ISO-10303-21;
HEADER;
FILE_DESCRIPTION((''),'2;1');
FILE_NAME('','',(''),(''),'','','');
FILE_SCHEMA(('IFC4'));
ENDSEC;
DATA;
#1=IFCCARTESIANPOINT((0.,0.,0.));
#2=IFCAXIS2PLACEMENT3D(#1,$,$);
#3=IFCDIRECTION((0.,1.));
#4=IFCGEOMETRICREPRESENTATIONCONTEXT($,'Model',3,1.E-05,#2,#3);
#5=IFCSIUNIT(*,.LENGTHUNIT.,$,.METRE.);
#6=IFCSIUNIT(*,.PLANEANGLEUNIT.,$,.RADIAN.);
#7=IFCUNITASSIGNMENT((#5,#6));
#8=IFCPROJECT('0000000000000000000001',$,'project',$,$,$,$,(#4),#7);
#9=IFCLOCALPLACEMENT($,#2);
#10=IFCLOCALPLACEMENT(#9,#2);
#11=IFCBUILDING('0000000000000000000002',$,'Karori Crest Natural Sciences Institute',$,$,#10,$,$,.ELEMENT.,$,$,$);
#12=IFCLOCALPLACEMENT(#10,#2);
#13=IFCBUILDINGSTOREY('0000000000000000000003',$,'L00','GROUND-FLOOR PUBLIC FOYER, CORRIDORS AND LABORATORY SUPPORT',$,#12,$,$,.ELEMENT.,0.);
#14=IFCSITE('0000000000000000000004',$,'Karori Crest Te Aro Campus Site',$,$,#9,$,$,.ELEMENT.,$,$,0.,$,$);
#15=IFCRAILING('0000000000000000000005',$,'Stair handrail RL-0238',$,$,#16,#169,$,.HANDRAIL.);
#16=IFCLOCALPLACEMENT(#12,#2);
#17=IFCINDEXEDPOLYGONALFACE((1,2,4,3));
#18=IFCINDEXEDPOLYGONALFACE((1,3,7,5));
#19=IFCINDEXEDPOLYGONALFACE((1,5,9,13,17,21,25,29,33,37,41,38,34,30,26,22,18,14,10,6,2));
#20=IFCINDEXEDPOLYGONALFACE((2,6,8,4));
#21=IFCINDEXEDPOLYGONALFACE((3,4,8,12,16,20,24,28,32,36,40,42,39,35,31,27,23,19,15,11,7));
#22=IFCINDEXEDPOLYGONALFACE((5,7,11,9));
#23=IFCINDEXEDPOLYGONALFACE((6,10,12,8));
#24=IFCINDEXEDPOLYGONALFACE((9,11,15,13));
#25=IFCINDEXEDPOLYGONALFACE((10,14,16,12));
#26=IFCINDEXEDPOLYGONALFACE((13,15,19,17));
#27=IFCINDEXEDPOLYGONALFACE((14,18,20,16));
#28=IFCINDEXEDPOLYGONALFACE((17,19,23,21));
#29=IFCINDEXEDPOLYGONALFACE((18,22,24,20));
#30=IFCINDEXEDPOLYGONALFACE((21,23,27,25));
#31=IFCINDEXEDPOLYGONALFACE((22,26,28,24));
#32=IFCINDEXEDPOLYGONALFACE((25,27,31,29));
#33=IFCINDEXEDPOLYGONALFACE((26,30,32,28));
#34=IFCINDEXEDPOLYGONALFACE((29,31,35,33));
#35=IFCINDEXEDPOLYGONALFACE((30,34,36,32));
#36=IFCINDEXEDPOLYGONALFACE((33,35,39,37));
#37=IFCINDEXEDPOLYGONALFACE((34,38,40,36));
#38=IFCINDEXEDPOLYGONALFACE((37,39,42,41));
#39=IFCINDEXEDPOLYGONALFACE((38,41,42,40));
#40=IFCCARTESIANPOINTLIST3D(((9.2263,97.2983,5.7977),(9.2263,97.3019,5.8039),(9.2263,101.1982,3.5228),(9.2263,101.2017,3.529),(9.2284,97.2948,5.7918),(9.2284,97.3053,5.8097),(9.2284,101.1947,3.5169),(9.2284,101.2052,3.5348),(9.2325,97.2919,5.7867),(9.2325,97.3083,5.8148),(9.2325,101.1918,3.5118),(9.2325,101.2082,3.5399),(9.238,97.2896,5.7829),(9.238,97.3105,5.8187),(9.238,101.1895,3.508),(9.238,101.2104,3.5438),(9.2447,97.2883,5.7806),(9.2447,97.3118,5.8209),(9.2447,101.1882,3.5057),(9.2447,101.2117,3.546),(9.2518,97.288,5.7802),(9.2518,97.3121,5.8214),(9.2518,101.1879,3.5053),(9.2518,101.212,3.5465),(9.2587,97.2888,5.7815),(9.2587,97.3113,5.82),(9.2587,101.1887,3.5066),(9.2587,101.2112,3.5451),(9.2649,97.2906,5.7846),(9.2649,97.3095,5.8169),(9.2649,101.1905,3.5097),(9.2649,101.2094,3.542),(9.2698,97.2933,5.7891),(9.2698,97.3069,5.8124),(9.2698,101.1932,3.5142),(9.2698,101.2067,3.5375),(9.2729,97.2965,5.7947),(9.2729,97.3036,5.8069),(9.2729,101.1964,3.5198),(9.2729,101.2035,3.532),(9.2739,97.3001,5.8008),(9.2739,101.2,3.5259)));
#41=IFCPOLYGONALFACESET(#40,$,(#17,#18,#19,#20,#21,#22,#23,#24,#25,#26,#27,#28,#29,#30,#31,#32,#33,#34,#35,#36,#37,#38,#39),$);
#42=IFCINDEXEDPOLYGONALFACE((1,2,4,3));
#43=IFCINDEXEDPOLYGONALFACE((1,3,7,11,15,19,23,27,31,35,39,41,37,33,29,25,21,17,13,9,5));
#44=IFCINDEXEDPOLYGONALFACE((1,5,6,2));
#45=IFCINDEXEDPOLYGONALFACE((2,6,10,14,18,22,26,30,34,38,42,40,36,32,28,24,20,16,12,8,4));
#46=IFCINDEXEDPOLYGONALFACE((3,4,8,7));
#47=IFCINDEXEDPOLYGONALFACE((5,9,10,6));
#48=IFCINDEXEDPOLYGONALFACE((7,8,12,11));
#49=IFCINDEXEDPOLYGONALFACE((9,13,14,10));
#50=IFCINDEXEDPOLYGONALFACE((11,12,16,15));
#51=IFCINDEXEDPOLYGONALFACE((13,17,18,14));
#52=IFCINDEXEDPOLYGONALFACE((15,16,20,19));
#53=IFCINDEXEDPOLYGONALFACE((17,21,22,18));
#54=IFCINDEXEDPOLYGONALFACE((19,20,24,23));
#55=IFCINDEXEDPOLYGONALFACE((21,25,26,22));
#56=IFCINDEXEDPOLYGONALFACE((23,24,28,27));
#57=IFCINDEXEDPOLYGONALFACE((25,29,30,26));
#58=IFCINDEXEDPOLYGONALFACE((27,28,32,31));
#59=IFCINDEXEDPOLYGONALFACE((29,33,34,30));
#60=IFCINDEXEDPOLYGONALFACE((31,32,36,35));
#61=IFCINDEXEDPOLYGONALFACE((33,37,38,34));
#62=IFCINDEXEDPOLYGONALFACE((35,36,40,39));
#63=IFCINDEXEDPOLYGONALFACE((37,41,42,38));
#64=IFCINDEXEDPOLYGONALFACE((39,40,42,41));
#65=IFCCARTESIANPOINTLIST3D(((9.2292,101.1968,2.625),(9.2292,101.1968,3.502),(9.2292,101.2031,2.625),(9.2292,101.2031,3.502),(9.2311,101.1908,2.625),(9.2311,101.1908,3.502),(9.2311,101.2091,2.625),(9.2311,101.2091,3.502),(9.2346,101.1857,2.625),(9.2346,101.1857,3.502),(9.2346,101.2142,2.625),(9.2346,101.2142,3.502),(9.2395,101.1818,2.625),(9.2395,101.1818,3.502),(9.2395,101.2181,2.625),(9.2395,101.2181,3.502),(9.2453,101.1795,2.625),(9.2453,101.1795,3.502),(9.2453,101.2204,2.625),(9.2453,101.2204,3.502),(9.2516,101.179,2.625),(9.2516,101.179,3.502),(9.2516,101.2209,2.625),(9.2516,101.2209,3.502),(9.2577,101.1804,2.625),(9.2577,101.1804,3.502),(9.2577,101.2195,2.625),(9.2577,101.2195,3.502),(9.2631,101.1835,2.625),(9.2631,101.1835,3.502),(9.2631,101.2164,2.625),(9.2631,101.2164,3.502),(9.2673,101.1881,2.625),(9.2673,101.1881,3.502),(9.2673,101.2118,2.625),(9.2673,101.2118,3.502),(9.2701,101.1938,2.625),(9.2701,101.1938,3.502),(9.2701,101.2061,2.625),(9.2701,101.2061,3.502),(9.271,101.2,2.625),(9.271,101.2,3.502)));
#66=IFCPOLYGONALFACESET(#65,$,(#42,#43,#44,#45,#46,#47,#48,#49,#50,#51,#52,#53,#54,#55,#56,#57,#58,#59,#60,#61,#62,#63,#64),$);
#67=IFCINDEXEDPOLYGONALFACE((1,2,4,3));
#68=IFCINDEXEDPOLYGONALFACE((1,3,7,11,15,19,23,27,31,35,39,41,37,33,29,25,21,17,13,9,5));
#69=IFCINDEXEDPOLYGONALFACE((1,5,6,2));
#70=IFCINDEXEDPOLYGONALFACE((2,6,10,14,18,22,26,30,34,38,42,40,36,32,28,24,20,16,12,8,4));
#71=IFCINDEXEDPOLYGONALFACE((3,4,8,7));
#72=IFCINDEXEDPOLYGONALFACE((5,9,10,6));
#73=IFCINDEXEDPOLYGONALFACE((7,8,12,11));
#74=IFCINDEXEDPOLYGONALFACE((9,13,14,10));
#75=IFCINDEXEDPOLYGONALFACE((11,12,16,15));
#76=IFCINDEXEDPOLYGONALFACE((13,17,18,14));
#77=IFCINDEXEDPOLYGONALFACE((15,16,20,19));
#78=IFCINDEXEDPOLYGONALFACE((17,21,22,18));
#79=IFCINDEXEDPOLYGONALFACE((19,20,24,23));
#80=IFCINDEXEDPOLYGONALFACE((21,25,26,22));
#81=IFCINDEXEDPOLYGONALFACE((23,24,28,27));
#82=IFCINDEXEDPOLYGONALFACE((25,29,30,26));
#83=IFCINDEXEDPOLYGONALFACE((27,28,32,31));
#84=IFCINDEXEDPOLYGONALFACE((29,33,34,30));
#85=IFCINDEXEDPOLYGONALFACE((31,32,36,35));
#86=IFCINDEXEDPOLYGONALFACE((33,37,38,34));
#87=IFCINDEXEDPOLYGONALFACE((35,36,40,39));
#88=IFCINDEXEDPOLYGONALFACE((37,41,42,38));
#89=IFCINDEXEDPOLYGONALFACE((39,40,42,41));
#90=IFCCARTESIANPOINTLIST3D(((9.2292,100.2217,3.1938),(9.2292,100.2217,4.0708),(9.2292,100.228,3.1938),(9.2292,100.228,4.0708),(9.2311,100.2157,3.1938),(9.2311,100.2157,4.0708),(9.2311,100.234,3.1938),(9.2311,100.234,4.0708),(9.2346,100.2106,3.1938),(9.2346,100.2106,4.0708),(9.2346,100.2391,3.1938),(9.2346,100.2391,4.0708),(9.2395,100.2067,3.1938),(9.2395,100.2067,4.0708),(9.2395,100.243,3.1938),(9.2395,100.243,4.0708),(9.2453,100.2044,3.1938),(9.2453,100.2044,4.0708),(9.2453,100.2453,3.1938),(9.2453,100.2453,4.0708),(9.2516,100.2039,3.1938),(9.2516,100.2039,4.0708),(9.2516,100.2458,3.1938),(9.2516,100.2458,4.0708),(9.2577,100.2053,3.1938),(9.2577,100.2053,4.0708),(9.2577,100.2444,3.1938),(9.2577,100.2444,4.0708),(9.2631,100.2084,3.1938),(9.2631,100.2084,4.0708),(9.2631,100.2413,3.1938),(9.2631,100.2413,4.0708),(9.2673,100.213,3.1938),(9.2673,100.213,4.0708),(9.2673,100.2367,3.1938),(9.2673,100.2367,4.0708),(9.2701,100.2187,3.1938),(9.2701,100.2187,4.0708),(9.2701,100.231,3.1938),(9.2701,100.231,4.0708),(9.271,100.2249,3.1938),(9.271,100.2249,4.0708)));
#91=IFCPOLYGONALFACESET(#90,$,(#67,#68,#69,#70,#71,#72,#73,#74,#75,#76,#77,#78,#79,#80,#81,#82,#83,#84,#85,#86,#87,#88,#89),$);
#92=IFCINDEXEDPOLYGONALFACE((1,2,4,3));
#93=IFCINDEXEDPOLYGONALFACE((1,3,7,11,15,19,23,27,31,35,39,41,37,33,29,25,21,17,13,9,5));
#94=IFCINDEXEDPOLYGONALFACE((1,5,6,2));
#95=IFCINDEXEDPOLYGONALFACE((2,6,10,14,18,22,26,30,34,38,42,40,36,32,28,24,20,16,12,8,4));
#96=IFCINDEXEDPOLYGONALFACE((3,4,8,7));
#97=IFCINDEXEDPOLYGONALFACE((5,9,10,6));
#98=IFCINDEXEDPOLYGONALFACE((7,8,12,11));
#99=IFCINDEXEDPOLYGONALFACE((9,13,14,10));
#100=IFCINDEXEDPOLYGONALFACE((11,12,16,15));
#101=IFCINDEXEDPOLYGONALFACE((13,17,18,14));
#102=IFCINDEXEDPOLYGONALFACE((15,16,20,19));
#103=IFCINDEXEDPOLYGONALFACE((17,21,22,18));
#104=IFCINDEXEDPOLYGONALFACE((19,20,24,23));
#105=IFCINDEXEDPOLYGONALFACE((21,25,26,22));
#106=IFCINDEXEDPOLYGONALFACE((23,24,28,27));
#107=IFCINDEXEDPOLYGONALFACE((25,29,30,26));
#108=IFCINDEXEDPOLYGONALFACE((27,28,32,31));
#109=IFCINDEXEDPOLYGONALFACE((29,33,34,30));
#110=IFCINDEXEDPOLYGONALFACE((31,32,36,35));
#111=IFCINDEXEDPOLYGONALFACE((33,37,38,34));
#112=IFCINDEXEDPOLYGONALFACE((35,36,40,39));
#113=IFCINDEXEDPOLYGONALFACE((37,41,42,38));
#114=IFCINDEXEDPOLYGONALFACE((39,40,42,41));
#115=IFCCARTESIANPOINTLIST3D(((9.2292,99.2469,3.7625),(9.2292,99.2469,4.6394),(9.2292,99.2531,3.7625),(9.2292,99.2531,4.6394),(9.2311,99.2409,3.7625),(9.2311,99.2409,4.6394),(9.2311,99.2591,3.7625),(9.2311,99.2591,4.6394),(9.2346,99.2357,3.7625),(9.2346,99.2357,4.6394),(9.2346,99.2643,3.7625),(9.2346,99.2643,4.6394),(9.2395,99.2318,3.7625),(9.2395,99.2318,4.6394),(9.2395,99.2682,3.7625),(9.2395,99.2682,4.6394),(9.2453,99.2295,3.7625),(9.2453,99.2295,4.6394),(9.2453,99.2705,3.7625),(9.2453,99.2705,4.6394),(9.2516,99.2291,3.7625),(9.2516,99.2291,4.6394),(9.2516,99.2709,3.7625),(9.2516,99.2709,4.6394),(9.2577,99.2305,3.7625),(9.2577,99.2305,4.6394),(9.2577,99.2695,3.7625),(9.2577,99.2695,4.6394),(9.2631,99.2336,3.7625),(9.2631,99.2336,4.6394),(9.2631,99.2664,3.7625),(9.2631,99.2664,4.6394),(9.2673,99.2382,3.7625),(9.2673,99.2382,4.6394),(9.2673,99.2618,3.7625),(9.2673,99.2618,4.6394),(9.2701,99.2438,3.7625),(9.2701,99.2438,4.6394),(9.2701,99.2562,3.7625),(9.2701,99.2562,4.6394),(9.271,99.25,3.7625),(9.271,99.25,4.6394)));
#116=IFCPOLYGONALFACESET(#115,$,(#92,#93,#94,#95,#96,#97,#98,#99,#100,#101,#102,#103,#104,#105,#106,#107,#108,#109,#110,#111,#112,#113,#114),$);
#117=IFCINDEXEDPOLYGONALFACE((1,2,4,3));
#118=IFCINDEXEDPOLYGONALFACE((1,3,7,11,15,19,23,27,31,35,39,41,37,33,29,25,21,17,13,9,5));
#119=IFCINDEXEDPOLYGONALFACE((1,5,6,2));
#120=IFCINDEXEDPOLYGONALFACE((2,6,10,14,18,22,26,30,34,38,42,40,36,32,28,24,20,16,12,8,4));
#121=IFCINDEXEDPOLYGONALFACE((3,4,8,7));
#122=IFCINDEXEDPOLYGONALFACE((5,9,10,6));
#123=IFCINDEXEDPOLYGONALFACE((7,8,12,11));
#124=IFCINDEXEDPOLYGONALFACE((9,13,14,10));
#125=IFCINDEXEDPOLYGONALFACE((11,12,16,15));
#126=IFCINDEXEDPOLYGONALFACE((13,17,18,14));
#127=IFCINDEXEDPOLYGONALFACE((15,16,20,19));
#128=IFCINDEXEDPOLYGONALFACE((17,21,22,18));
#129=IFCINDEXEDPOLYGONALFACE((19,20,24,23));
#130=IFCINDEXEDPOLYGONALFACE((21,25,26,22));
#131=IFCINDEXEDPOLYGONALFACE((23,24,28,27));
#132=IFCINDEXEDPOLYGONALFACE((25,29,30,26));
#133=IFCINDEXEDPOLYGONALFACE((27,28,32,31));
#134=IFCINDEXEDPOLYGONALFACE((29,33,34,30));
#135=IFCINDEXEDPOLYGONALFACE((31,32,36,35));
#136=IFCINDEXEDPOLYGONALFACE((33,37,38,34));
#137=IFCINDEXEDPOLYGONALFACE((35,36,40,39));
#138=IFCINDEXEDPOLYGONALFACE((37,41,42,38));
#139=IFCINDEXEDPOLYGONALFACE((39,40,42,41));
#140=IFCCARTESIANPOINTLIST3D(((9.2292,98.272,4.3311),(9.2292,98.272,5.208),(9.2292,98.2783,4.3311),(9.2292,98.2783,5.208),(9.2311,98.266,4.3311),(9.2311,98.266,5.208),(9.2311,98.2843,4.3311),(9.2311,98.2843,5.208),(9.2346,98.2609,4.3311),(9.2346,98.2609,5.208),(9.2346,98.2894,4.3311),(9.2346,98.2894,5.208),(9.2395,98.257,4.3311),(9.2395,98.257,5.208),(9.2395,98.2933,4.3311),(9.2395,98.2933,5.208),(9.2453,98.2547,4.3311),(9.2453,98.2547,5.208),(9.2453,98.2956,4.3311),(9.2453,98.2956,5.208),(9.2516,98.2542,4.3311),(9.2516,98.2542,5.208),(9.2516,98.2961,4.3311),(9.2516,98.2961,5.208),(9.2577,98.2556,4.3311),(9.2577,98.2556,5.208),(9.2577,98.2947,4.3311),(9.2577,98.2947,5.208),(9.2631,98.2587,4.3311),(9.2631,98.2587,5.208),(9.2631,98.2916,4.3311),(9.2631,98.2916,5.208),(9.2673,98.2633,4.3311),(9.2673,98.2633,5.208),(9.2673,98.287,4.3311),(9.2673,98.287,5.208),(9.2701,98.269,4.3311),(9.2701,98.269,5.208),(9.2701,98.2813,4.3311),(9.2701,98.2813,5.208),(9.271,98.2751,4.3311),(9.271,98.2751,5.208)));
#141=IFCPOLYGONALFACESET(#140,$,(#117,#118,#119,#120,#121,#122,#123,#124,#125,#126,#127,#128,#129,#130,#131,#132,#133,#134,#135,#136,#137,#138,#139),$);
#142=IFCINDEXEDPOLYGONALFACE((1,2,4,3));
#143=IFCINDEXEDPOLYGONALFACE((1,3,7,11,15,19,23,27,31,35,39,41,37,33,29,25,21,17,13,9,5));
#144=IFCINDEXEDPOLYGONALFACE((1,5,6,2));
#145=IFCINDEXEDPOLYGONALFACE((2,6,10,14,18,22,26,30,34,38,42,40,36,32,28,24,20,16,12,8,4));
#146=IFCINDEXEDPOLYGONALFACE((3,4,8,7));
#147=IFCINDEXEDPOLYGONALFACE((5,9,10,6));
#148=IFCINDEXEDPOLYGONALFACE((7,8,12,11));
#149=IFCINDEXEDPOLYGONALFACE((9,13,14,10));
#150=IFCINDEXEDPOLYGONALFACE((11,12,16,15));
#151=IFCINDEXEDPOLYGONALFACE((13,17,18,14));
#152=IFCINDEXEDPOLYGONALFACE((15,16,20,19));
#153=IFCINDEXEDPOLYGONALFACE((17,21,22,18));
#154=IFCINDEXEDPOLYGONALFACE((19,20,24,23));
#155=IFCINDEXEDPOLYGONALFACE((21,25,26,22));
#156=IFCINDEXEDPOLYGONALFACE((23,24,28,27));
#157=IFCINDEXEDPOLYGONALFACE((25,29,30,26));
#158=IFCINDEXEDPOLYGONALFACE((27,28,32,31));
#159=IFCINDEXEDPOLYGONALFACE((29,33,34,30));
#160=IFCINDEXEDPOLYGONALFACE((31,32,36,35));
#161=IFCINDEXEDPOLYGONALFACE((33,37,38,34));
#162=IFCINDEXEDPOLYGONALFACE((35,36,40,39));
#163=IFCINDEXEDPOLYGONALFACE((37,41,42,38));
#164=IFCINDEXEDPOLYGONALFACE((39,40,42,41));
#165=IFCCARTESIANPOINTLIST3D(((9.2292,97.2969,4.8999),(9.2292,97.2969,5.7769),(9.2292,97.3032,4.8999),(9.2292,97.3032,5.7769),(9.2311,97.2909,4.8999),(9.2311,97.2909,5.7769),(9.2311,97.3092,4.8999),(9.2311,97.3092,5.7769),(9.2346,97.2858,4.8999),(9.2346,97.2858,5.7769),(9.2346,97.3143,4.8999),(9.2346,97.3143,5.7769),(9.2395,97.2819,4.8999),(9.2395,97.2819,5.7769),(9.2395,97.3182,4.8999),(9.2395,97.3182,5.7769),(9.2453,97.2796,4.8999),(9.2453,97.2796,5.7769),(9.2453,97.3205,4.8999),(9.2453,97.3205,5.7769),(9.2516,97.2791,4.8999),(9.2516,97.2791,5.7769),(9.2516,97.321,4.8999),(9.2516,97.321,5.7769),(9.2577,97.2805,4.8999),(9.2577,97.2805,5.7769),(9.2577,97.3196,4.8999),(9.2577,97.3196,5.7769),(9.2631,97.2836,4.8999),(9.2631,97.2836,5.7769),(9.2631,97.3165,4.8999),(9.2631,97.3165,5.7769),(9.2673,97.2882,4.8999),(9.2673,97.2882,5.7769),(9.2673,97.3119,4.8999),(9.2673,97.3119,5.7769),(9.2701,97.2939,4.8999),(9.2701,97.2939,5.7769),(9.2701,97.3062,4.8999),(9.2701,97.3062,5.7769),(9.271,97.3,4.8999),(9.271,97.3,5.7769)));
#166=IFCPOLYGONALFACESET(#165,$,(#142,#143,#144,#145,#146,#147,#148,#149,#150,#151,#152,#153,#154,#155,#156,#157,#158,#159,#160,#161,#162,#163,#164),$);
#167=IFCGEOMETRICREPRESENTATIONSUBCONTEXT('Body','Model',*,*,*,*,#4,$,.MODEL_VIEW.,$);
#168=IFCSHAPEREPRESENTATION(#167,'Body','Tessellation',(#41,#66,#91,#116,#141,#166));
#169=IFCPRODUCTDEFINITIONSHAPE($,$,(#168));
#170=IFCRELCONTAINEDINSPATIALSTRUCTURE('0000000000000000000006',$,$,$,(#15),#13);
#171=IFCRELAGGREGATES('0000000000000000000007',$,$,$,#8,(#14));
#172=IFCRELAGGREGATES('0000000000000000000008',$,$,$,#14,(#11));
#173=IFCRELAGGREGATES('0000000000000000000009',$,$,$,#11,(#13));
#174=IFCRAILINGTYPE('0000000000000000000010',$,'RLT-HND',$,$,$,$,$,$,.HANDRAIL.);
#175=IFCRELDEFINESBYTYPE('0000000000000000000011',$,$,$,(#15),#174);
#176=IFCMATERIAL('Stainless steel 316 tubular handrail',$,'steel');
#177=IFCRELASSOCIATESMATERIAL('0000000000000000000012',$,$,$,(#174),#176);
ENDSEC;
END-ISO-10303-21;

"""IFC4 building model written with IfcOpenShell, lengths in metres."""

from ifc_helpers import new_model, si_unit, direction, frame, origin, origin_2d, place, context, subcontext, project, spatial, circle, extrude, material, type_object, element, save


model = new_model("IFC4")

# Units and contexts
model_context = context("Model", 3, precision=1e-05, world=origin(), true_north=direction((0.0, 1.0)))
body_context = subcontext(model_context, "Body", "Model", "MODEL_VIEW")
ifc_project = project(units=[si_unit("LENGTHUNIT", "METRE"), si_unit("PLANEANGLEUNIT", "RADIAN")], contexts=[model_context])

# Site, building, storey
site_placement = place(None, origin())
site = spatial("IfcSite", under=ifc_project, at=site_placement, Name="Karori Crest Te Aro Campus Site", CompositionType="ELEMENT", RefElevation=0.0)
building_placement = place(site_placement, origin())
building = spatial("IfcBuilding", under=site, at=building_placement, Name="Karori Crest Natural Sciences Institute", CompositionType="ELEMENT")
storey_placement = place(building_placement, origin())
storey = spatial("IfcBuildingStorey", under=building, at=storey_placement, Name="L00", Description="GROUND-FLOOR PUBLIC FOYER, CORRIDORS AND LABORATORY SUPPORT", CompositionType="ELEMENT", Elevation=0.0)

# Railing
ifc_material_1 = material(Name="Stainless steel 316 tubular handrail", Category="steel")
railing_type_1 = type_object("IfcRailingType", Name="RLT-HND", PredefinedType="HANDRAIL", material=ifc_material_1)
railing_1_placement = place(storey_placement, frame((9.25, 101.2, 2.625)))
element("IfcRailing", 1, at=railing_1_placement, inside=storey, type_object=railing_type_1, Name="Stair handrail RL-0238", PredefinedType="HANDRAIL", context=body_context, shape_type="SweptSolid", body=[
    extrude(circle(Radius=0.0239, at=origin_2d()), frame((0.0, 0.0, 0.9009), z_axis=(0.0, -0.863783, 0.503864), x_axis=(1.0, 0.0, 0.0)), (0.0, 0.0, 1.0), 4.5149),
    extrude(circle(Radius=0.021, at=origin_2d()), origin(), (0.0, 0.0, 1.0), 0.877),
    extrude(circle(Radius=0.021, at=origin_2d()), frame((0.0, -0.9751, 0.5688)), (0.0, 0.0, 1.0), 0.877),
    extrude(circle(Radius=0.021, at=origin_2d()), frame((0.0, -1.95, 1.1375)), (0.0, 0.0, 1.0), 0.877),
    extrude(circle(Radius=0.021, at=origin_2d()), frame((0.0, -2.9248, 1.7061)), (0.0, 0.0, 1.0), 0.877),
    extrude(circle(Radius=0.021, at=origin_2d()), frame((0.0, -3.8999, 2.2749)), (0.0, 0.0, 1.0), 0.877),
])

save(model, "model.ifc")
